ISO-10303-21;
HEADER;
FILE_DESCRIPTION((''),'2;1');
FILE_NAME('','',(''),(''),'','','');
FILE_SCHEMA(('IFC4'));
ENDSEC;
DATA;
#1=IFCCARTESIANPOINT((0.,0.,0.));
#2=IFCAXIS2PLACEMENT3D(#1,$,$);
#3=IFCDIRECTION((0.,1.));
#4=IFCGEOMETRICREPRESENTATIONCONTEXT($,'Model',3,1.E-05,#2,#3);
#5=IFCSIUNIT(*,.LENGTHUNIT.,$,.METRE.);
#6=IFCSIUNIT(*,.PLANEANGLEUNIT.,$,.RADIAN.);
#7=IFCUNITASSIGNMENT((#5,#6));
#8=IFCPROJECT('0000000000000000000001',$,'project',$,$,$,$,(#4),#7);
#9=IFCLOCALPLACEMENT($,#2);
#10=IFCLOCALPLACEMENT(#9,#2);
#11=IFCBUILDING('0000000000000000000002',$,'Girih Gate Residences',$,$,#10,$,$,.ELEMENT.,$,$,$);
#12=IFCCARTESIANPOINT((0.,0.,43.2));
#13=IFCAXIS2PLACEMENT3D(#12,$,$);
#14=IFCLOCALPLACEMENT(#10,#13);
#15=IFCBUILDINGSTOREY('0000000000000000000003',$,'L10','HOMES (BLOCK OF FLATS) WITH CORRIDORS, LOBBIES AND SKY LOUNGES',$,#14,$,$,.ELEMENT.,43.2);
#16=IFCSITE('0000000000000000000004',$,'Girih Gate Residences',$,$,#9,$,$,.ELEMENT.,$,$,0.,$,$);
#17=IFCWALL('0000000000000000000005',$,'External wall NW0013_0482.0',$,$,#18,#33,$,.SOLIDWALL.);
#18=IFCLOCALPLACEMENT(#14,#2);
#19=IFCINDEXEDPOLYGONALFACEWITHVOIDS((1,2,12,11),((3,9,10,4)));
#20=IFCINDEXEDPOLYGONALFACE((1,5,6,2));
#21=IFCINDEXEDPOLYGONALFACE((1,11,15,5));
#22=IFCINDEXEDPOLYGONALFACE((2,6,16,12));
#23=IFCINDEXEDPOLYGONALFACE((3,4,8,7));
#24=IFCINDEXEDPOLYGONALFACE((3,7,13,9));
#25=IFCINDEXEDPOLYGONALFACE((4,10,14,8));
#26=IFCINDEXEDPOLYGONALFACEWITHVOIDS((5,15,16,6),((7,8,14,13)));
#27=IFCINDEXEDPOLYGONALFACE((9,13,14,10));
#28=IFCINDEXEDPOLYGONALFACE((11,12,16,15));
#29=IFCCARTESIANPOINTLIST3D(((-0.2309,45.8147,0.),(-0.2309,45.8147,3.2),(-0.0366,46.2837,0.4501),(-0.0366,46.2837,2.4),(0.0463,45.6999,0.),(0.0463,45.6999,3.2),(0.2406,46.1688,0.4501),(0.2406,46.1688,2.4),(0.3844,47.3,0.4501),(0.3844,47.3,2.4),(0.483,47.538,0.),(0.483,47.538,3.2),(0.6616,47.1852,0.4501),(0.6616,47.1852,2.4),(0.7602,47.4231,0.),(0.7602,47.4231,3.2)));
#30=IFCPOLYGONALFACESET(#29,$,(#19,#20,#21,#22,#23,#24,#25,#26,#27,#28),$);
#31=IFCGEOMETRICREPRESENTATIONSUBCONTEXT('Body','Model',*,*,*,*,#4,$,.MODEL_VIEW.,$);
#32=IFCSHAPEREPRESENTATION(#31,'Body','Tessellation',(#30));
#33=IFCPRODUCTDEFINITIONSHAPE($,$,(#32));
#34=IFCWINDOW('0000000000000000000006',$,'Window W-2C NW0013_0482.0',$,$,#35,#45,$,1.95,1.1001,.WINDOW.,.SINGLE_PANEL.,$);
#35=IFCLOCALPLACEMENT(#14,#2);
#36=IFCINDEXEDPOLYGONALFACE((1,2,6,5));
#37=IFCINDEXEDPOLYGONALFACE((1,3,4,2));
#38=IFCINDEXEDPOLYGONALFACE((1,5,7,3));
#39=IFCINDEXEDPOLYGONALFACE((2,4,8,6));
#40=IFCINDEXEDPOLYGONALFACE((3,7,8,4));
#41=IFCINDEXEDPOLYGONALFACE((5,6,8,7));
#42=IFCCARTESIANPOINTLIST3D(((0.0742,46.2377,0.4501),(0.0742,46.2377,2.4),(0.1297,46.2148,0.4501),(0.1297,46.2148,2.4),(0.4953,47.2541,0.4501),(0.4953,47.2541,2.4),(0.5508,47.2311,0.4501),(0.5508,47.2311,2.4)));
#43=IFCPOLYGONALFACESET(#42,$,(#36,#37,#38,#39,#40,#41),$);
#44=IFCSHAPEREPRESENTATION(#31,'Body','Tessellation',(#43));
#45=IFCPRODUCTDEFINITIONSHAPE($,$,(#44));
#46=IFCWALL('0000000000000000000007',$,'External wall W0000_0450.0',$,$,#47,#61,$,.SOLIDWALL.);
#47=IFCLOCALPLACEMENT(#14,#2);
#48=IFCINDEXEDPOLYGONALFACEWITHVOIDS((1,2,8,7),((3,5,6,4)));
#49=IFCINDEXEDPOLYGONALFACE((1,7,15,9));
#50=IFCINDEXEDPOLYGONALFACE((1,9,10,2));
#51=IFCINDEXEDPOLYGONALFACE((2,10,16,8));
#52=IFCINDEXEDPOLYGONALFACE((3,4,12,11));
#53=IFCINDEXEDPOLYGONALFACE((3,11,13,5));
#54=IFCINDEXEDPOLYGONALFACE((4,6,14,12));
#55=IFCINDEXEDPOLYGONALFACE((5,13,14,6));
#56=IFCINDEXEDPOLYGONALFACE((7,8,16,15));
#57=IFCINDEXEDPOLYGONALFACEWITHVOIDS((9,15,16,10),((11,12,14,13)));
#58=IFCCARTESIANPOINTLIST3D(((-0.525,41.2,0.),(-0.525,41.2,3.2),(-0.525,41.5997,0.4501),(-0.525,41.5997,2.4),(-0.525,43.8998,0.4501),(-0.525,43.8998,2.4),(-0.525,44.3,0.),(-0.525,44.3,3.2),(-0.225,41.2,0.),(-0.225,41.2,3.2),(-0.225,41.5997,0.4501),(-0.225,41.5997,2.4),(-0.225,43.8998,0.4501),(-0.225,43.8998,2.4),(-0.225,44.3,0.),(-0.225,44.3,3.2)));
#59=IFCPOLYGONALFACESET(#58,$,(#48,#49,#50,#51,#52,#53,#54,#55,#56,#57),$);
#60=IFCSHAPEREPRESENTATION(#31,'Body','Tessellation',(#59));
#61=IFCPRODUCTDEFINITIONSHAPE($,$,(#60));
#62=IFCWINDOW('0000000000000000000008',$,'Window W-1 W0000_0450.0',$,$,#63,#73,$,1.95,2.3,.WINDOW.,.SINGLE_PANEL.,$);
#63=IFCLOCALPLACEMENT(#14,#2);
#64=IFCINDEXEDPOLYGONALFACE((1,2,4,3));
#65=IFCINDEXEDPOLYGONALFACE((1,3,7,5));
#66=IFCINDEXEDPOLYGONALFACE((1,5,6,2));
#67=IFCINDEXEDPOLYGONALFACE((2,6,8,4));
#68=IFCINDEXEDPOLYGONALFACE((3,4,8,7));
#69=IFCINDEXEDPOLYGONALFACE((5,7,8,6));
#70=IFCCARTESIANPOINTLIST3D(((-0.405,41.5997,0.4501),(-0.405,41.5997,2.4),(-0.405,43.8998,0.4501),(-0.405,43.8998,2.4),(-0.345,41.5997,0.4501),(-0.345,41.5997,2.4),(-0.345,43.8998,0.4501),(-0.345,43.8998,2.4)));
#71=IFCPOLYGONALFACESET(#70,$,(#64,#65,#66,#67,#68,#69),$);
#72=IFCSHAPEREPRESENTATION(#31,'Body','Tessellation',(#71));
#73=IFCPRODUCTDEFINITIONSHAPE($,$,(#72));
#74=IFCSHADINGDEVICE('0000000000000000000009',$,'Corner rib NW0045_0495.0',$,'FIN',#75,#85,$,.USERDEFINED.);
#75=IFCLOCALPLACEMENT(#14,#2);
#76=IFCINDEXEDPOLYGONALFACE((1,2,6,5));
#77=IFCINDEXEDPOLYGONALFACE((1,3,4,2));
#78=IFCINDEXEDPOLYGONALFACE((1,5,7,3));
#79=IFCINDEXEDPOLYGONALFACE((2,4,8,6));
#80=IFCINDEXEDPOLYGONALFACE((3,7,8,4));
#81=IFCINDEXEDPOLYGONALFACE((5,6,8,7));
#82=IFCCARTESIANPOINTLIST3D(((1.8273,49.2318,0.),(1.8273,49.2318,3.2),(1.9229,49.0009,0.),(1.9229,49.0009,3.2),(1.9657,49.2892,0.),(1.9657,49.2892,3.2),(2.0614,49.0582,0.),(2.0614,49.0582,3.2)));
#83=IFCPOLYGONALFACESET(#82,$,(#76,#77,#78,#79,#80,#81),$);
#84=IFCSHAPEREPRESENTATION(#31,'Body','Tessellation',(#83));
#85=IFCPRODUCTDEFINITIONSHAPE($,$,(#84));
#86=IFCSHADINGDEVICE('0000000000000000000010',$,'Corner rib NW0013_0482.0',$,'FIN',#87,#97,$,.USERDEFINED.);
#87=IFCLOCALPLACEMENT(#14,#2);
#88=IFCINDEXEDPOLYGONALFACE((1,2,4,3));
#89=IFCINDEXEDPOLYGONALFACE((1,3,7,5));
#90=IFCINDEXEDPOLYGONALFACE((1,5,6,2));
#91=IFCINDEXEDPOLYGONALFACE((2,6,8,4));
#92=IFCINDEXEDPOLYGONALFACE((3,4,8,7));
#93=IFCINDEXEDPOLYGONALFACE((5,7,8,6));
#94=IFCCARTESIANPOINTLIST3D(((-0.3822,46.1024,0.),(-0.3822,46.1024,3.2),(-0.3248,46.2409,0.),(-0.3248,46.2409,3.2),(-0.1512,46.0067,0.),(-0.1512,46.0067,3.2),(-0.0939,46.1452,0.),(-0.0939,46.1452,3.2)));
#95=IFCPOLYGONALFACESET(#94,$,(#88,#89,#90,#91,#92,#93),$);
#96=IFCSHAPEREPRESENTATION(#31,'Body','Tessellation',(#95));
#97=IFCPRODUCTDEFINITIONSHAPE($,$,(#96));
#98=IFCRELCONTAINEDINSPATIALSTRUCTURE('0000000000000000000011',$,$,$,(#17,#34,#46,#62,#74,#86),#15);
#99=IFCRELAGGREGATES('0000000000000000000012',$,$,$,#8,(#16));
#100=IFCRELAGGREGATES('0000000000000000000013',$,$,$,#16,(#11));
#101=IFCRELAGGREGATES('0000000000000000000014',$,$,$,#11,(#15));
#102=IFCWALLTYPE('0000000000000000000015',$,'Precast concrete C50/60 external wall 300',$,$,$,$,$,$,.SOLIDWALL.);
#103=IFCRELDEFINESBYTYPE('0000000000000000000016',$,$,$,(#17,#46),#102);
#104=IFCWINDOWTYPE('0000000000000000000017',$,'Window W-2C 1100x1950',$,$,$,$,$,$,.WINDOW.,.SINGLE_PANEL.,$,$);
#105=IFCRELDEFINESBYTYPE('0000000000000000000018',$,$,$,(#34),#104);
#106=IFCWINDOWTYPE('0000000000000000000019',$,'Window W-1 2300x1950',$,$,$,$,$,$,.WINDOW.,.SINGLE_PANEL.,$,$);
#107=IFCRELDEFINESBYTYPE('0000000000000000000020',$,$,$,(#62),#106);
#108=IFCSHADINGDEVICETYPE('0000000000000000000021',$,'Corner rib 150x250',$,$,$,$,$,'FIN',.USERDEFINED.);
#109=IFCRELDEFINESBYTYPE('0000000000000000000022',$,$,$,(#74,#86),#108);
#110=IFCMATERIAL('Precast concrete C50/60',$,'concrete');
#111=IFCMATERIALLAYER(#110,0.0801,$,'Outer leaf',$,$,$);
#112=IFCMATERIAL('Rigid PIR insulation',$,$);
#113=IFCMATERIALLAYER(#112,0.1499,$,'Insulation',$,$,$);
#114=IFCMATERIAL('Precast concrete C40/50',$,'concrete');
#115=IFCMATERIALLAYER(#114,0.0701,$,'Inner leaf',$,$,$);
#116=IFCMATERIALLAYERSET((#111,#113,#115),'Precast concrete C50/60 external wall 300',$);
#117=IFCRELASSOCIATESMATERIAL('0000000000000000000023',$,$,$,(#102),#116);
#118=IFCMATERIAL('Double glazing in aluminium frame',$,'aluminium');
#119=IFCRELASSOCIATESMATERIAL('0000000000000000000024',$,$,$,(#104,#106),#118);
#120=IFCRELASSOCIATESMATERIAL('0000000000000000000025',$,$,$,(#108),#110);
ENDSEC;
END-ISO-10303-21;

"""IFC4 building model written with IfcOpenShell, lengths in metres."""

from ifc_helpers import new_model, si_unit, direction, frame, frame_2d, origin, origin_2d, place, context, subcontext, project, spatial, rectangle, extrude, material, layer, layer_set, type_object, element, fill, save


model = new_model("IFC4")

# Units and contexts
model_context = context("Model", 3, precision=1e-05, world=origin(), true_north=direction((0.0, 1.0)))
body_context = subcontext(model_context, "Body", "Model", "MODEL_VIEW")
ifc_project = project(units=[si_unit("LENGTHUNIT", "METRE"), si_unit("PLANEANGLEUNIT", "RADIAN")], contexts=[model_context])

# Site, building, storey
site_placement = place(None, origin())
site = spatial("IfcSite", under=ifc_project, at=site_placement, Name="Girih Gate Residences", CompositionType="ELEMENT", RefElevation=0.0)
building_placement = place(site_placement, origin())
building = spatial("IfcBuilding", under=site, at=building_placement, Name="Girih Gate Residences", CompositionType="ELEMENT")
storey_placement = place(building_placement, frame((0.0, 0.0, 43.2)))
storey = spatial("IfcBuildingStorey", under=building, at=storey_placement, Name="L10", Description="HOMES (BLOCK OF FLATS) WITH CORRIDORS, LOBBIES AND SKY LOUNGES", CompositionType="ELEMENT", Elevation=43.2)

# Walls, openings, windows
ifc_material_1 = material(Name="Precast concrete C50/60", Category="concrete")
ifc_layer_1 = layer(ifc_material_1, 0.0801, Name="Outer leaf")
ifc_material_2 = material(Name="Rigid PIR insulation")
ifc_layer_2 = layer(ifc_material_2, 0.1499, Name="Insulation")
ifc_material_3 = material(Name="Precast concrete C40/50", Category="concrete")
ifc_layer_3 = layer(ifc_material_3, 0.0701, Name="Inner leaf")
ifc_layer_set_1 = layer_set([ifc_layer_1, ifc_layer_2, ifc_layer_3], Name="Precast concrete C50/60 external wall 300")
wall_type_1 = type_object("IfcWallType", Name="Precast concrete C50/60 external wall 300", PredefinedType="SOLIDWALL", material=ifc_layer_set_1)
ifc_material_4 = material(Name="Double glazing in aluminium frame", Category="aluminium")
window_type_1 = type_object("IfcWindowType", Name="Window W-2C 1100x1950", PartitioningType="SINGLE_PANEL", PredefinedType="WINDOW", material=ifc_material_4)
wall_1_placement = place(storey_placement, frame((-0.0923, 45.7573, 0.0), z_axis=(0.0, 0.0, 1.0), x_axis=(0.382737, 0.923857, 0.0)))
wall_1 = element("IfcWall", 1, at=wall_1_placement, inside=storey, type_object=wall_type_1, Name="External wall NW0013_0482.0", PredefinedType="SOLIDWALL", context=body_context, shape_type="SweptSolid", body=[
    extrude(rectangle(XDim=1.8652, YDim=0.3, at=frame_2d((0.9326, 0.0))), origin(), (0.0, 0.0, 1.0), 3.2),
])
opening_1_placement = place(wall_1_placement, frame((0.5076, 0.0, 0.45)))
opening_1 = element("IfcOpeningElement", 2, at=opening_1_placement, cuts=wall_1, PredefinedType="OPENING", context=body_context, shape_type="SweptSolid", body=[
    extrude(rectangle(XDim=1.1001, YDim=1.95, at=frame_2d((0.55, 0.9751))), frame((0.0, 0.1599, 0.0), z_axis=(0.0, -1.0, 0.0), x_axis=(1.0, 0.0, 0.0)), (0.0, 0.0, 1.0), 0.3201),
])
window_1_placement = place(opening_1_placement, origin())
window_1 = element("IfcWindow", 3, at=window_1_placement, inside=storey, type_object=window_type_1, Name="Window W-2C NW0013_0482.0", OverallHeight=1.95, OverallWidth=1.1001, PartitioningType="SINGLE_PANEL", PredefinedType="WINDOW", context=body_context, shape_type="SweptSolid", body=[
    extrude(rectangle(XDim=1.1001, YDim=1.95, at=frame_2d((0.55, 0.9751))), frame((0.0, 0.03, 0.0), z_axis=(0.0, -1.0, 0.0), x_axis=(1.0, 0.0, 0.0)), (0.0, 0.0, 1.0), 0.0601),
])
fill(opening_1, window_1)
wall_2_placement = place(storey_placement, frame((-0.375, 41.2, 0.0), z_axis=(0.0, 0.0, 1.0), x_axis=(0.0, 1.0, 0.0)))
wall_2 = element("IfcWall", 4, at=wall_2_placement, inside=storey, type_object=wall_type_1, Name="External wall W0000_0450.0", PredefinedType="SOLIDWALL", context=body_context, shape_type="SweptSolid", body=[
    extrude(rectangle(XDim=3.1001, YDim=0.3, at=frame_2d((1.55, 0.0))), origin(), (0.0, 0.0, 1.0), 3.2),
])
opening_2_placement = place(wall_2_placement, frame((0.3999, 0.0, 0.45)))
opening_2 = element("IfcOpeningElement", 5, at=opening_2_placement, cuts=wall_2, PredefinedType="OPENING", context=body_context, shape_type="SweptSolid", body=[
    extrude(rectangle(XDim=2.3, YDim=1.95, at=frame_2d((1.1499, 0.9751))), frame((0.0, 0.1599, 0.0), z_axis=(0.0, -1.0, 0.0), x_axis=(1.0, 0.0, 0.0)), (0.0, 0.0, 1.0), 0.3201),
])
window_type_2 = type_object("IfcWindowType", Name="Window W-1 2300x1950", PartitioningType="SINGLE_PANEL", PredefinedType="WINDOW", material=ifc_material_4)
window_2_placement = place(opening_2_placement, origin())
window_2 = element("IfcWindow", 6, at=window_2_placement, inside=storey, type_object=window_type_2, Name="Window W-1 W0000_0450.0", OverallHeight=1.95, OverallWidth=2.3, PartitioningType="SINGLE_PANEL", PredefinedType="WINDOW", context=body_context, shape_type="SweptSolid", body=[
    extrude(rectangle(XDim=2.3, YDim=1.95, at=frame_2d((1.1499, 0.9751))), frame((0.0, 0.03, 0.0), z_axis=(0.0, -1.0, 0.0), x_axis=(1.0, 0.0, 0.0)), (0.0, 0.0, 1.0), 0.0601),
])
fill(opening_2, window_2)

# Shading devices
shading_device_type = type_object("IfcShadingDeviceType", Name="Corner rib 150x250", ElementType="FIN", PredefinedType="USERDEFINED", material=ifc_material_1)
for number, where, z_axis, x_axis, name in (
    (7, (1.9443, 49.145, 0.0), (0.0, 0.0, 1.0), (-0.92388, -0.382683, 0.0), "Corner rib NW0045_0495.0"),
    (8, (-0.238, 46.1238, 0.0), (0.0, 0.0, 1.0), (-0.382683, -0.92388, 0.0), "Corner rib NW0013_0482.0"),
):
    element("IfcShadingDevice", number, at=place(storey_placement, frame(where, z_axis=z_axis, x_axis=x_axis)), inside=storey, type_object=shading_device_type, Name=name, ObjectType="FIN", PredefinedType="USERDEFINED", context=body_context, shape_type="SweptSolid", body=[
        extrude(rectangle(XDim=0.1499, YDim=0.25, at=origin_2d()), origin(), (0.0, 0.0, 1.0), 3.2),
    ])

save(model, "model.ifc")
